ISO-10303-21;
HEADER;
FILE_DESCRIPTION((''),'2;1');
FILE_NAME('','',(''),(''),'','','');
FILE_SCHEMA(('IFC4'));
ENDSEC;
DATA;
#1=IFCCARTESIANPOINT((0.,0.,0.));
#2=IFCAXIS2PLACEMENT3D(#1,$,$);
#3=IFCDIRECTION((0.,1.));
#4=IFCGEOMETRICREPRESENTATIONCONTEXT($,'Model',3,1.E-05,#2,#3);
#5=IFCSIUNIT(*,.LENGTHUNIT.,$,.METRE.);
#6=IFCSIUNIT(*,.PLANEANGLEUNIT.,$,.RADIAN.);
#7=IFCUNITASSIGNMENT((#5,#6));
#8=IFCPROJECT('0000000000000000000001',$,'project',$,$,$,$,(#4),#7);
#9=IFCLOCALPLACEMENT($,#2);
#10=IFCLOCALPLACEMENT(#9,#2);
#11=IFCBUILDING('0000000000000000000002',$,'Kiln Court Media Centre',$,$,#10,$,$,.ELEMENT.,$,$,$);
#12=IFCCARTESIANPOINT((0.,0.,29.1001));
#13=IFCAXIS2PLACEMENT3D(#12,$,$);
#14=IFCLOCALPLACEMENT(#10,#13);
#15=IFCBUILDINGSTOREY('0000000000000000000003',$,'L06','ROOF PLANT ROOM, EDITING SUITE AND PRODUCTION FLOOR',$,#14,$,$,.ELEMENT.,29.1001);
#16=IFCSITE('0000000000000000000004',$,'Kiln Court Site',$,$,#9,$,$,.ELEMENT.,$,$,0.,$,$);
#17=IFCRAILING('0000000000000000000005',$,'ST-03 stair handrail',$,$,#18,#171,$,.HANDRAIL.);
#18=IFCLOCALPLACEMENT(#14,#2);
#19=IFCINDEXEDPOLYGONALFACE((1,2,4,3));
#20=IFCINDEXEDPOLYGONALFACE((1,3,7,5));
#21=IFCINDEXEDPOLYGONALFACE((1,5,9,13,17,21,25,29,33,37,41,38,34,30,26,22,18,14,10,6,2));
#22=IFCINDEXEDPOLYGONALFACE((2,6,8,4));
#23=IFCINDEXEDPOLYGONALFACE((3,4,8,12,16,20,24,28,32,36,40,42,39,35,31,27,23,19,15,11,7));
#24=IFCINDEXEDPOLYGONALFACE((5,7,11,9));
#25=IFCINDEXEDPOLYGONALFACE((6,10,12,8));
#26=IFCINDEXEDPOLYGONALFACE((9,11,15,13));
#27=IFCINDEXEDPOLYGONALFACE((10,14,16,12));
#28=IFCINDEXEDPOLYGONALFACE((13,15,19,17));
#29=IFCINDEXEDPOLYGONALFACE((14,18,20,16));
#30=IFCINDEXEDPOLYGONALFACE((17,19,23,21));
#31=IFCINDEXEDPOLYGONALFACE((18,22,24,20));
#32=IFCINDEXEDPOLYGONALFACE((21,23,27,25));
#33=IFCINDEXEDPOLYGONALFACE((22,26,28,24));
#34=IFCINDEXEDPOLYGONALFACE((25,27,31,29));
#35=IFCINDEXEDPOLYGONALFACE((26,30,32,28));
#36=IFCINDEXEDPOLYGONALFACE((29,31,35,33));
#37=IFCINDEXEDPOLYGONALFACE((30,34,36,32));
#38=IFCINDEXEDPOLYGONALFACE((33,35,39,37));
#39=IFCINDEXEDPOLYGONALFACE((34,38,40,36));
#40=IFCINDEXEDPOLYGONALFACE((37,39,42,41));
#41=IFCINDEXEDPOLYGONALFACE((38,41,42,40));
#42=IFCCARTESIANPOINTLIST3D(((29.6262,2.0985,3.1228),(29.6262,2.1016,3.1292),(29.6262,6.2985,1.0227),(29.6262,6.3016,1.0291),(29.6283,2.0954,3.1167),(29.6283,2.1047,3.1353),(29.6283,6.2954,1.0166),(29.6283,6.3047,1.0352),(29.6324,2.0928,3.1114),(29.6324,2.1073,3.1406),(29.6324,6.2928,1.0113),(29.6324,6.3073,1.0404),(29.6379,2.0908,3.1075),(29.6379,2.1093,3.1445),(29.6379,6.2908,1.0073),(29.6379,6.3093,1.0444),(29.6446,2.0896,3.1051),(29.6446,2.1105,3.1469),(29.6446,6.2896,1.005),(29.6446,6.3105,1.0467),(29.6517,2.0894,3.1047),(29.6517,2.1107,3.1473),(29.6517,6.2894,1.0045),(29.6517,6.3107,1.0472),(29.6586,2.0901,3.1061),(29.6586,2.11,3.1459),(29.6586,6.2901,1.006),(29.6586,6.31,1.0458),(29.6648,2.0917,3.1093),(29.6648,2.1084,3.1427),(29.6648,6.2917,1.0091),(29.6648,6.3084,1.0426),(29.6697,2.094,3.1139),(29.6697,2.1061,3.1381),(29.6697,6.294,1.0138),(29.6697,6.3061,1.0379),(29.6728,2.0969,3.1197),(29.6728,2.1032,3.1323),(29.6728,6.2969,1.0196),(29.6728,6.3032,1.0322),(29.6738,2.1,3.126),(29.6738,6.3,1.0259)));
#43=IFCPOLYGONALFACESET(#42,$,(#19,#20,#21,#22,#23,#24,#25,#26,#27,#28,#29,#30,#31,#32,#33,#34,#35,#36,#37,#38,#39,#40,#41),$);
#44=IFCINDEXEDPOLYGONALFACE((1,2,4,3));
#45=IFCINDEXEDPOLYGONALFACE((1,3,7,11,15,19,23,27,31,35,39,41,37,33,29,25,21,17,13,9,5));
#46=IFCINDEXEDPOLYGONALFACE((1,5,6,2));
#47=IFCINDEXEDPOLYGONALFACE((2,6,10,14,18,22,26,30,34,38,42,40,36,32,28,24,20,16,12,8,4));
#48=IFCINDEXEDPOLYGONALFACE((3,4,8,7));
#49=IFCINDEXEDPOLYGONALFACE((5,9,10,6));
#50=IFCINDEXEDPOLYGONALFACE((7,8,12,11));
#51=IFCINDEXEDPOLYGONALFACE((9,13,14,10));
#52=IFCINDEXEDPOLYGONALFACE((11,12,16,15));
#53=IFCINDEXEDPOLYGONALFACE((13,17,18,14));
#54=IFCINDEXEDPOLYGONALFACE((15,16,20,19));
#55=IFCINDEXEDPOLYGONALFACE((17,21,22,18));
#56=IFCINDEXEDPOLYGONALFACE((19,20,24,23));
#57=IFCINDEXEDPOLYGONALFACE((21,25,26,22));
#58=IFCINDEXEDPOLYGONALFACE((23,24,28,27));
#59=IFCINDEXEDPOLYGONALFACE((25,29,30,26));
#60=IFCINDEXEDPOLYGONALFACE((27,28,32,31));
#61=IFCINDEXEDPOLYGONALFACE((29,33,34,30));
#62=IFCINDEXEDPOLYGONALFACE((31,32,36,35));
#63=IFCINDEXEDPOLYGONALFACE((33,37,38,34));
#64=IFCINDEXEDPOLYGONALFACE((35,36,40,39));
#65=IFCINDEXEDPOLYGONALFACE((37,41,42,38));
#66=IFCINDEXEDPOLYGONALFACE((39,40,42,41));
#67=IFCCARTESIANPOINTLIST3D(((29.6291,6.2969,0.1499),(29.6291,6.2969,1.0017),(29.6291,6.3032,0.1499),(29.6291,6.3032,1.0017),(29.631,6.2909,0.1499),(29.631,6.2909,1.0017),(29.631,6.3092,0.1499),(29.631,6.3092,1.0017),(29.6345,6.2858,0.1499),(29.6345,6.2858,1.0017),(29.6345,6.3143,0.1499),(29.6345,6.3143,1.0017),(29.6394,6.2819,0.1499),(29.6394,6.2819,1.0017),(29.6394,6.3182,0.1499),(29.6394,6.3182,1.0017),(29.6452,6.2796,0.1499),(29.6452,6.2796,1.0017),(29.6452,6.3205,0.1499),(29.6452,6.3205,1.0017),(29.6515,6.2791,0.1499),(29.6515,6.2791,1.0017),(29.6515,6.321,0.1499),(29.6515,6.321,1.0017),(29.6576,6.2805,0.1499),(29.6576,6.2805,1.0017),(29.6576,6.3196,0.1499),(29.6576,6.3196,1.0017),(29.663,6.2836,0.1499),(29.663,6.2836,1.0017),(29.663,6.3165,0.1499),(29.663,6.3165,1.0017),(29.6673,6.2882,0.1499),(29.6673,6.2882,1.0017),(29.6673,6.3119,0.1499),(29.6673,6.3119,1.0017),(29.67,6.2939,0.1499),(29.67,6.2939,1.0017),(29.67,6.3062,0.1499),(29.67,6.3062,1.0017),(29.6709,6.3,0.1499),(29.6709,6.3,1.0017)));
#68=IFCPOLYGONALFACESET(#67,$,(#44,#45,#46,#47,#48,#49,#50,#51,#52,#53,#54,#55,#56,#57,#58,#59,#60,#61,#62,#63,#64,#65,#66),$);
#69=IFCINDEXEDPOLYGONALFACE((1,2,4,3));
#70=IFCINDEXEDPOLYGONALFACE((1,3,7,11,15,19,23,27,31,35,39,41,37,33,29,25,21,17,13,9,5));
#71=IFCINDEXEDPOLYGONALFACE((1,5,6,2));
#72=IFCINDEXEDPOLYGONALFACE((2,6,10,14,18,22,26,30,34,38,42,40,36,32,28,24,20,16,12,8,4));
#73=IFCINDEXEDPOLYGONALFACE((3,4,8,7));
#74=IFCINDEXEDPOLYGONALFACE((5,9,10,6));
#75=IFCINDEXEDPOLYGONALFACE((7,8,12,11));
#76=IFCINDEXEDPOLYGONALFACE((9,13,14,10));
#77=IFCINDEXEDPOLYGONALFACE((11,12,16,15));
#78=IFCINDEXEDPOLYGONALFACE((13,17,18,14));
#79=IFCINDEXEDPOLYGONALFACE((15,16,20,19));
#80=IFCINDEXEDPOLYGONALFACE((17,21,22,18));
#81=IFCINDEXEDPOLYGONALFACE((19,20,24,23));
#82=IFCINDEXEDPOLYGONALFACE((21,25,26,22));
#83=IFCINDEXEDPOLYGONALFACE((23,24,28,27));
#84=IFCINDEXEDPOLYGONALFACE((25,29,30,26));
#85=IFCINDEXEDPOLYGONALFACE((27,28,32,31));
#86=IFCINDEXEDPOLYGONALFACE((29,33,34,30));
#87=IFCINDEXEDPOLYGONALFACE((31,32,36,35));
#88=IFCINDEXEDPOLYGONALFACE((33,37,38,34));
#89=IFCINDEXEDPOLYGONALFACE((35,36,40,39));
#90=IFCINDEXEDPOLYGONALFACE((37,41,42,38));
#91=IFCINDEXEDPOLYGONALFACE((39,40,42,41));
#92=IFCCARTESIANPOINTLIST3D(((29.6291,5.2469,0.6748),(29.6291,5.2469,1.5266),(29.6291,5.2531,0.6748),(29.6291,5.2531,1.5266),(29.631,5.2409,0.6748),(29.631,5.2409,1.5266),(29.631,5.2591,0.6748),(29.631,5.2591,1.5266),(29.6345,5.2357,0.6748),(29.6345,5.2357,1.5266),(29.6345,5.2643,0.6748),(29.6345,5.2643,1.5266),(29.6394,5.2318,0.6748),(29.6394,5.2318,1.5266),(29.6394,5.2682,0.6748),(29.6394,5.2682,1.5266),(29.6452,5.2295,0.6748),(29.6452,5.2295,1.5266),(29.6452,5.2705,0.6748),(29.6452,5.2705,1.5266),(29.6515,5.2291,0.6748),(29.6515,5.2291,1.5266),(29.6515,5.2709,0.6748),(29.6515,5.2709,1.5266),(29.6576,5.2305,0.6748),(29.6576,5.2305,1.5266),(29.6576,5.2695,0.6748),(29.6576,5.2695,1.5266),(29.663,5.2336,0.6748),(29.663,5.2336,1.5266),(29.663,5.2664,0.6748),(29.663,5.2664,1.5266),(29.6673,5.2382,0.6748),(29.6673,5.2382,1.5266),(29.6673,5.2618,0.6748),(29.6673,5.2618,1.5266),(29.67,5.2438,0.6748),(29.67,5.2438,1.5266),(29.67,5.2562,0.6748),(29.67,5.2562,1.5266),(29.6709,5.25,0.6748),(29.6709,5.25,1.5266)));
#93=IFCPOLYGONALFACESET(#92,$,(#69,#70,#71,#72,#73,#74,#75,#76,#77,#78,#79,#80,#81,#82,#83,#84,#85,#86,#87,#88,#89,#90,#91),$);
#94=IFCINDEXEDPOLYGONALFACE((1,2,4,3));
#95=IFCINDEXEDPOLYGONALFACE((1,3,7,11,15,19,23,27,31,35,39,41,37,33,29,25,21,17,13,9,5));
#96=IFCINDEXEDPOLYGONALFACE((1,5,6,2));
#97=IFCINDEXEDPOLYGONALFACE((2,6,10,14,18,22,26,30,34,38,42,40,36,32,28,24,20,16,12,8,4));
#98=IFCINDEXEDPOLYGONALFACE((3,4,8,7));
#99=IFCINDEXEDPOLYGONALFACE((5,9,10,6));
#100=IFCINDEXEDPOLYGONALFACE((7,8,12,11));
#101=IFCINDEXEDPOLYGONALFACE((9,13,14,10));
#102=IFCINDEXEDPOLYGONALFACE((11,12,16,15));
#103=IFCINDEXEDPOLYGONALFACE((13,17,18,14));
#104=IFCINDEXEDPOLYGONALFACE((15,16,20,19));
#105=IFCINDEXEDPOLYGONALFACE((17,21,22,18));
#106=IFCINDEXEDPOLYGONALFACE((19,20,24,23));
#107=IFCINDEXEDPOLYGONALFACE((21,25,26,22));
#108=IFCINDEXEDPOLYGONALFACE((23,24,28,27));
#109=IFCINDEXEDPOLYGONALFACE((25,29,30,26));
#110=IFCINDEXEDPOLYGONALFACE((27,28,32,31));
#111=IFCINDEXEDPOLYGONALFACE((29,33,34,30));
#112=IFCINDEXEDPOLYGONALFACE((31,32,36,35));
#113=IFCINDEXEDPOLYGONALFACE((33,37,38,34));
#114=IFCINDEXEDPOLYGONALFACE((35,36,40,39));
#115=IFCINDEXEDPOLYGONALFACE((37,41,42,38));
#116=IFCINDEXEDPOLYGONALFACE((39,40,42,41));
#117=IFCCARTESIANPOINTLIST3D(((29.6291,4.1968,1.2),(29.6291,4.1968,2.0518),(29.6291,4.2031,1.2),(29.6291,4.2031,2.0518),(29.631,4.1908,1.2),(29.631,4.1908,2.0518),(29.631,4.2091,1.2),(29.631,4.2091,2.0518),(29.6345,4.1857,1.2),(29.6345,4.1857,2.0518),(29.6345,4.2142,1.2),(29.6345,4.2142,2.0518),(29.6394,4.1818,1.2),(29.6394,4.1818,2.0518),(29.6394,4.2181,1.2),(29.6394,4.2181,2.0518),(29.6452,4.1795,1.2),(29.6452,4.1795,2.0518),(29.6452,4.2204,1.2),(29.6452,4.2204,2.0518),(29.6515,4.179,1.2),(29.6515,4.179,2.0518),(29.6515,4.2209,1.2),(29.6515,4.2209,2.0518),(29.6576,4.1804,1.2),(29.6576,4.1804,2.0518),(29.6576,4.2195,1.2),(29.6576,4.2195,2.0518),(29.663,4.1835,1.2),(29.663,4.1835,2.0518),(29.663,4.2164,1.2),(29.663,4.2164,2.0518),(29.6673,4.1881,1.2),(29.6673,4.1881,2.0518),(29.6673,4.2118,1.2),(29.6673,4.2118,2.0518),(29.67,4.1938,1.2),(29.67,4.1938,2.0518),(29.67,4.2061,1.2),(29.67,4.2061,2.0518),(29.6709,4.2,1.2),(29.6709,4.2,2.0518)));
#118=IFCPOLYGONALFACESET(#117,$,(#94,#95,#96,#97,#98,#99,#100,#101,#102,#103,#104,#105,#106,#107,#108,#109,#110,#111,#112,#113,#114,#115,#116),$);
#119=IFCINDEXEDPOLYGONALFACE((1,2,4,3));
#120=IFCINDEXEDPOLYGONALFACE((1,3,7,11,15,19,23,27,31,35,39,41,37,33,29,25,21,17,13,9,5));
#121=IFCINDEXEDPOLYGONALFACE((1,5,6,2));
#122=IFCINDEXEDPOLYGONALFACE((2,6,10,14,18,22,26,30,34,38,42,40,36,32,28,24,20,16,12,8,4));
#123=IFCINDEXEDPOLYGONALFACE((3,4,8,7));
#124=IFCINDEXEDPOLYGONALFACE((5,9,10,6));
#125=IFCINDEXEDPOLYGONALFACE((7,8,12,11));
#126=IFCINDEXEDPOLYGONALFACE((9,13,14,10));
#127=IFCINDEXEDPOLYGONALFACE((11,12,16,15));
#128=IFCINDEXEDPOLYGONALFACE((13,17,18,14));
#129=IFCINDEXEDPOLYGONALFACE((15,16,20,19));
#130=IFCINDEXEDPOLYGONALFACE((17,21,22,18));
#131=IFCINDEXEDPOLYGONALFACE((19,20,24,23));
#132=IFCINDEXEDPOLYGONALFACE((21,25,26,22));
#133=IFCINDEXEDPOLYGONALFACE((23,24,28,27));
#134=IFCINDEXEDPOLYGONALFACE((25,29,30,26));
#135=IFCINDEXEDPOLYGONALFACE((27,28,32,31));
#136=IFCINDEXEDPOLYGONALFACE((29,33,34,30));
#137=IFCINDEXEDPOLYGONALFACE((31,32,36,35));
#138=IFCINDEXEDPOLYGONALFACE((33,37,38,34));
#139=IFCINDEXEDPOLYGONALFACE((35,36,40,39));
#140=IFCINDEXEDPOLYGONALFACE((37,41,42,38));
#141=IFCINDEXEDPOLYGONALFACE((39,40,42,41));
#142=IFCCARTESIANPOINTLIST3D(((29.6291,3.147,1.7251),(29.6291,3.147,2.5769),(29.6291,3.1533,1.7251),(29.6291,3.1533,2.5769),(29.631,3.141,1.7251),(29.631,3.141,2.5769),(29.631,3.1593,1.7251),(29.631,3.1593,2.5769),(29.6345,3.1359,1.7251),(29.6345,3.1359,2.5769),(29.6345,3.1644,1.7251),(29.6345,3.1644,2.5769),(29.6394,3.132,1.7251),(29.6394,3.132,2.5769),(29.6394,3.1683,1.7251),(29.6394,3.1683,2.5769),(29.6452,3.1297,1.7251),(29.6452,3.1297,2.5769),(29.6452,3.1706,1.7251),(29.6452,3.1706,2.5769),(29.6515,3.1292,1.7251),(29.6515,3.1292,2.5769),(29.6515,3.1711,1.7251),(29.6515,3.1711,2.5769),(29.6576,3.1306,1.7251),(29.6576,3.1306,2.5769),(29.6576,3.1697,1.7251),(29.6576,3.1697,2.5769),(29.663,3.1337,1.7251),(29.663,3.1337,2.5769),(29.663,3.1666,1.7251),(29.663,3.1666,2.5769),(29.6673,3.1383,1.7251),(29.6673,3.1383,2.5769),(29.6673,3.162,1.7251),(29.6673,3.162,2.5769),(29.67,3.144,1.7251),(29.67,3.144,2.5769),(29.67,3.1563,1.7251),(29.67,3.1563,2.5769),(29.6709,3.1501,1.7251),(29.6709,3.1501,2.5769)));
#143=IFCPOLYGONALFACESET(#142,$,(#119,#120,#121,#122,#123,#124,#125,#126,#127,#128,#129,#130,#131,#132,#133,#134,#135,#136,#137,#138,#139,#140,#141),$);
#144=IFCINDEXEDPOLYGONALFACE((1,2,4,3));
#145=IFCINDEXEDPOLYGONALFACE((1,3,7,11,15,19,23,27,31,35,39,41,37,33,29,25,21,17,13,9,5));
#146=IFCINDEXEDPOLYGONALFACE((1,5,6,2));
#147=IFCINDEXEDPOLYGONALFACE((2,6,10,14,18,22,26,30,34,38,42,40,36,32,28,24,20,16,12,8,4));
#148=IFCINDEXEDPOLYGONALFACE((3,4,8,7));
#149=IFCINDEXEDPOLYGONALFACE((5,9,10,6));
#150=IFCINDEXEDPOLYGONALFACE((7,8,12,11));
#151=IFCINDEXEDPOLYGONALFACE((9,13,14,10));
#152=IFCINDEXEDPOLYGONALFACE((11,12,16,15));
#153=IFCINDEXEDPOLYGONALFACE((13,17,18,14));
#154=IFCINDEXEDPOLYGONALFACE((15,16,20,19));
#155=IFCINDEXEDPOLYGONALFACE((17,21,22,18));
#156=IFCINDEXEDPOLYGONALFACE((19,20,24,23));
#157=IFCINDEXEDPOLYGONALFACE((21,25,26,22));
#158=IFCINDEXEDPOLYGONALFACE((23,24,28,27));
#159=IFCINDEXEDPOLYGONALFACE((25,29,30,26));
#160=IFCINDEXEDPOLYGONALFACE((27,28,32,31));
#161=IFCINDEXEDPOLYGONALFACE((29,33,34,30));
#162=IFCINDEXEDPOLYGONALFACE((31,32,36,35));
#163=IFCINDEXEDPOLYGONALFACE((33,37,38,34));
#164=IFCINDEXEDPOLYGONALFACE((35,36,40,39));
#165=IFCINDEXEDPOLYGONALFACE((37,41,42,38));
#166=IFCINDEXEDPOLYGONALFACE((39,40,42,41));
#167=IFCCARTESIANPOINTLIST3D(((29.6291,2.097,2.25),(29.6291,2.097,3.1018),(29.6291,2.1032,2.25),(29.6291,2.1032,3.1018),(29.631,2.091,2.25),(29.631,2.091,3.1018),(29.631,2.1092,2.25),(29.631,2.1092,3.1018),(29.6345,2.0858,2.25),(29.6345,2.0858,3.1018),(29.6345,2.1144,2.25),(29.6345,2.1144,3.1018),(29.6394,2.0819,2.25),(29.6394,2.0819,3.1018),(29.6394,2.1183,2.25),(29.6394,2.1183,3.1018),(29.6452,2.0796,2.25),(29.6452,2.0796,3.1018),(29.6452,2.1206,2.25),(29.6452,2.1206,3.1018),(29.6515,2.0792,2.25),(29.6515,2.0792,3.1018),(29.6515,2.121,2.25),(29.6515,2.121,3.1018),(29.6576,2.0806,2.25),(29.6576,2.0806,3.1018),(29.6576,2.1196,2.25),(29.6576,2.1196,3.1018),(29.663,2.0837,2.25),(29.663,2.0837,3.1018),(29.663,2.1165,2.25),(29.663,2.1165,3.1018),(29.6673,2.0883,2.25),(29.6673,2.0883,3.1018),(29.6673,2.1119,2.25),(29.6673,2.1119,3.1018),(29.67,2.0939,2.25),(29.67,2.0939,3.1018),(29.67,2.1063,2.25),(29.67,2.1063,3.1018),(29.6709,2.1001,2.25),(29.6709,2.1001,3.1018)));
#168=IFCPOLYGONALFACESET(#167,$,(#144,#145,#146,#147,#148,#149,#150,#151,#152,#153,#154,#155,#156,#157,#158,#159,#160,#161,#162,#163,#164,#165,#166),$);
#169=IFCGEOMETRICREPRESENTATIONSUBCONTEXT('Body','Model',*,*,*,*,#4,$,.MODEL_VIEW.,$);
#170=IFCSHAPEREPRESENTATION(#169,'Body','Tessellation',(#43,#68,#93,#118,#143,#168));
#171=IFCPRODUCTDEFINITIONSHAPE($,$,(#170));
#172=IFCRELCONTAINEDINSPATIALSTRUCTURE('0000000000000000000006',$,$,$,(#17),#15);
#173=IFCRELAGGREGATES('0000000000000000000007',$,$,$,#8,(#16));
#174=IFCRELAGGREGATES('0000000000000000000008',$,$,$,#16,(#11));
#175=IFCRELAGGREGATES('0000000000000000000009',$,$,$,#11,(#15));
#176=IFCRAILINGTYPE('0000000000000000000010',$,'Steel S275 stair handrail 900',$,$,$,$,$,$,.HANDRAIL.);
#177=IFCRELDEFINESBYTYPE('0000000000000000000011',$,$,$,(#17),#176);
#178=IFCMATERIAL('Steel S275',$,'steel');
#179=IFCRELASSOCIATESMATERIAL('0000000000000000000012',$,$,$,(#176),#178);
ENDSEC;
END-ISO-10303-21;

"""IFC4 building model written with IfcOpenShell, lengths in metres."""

from ifc_helpers import new_model, si_unit, direction, frame, origin, origin_2d, place, context, subcontext, project, spatial, circle, extrude, material, type_object, element, save


model = new_model("IFC4")

# Units and contexts
model_context = context("Model", 3, precision=1e-05, world=origin(), true_north=direction((0.0, 1.0)))
body_context = subcontext(model_context, "Body", "Model", "MODEL_VIEW")
ifc_project = project(units=[si_unit("LENGTHUNIT", "METRE"), si_unit("PLANEANGLEUNIT", "RADIAN")], contexts=[model_context])

# Site, building, storey
site_placement = place(None, origin())
site = spatial("IfcSite", under=ifc_project, at=site_placement, Name="Kiln Court Site", CompositionType="ELEMENT", RefElevation=0.0)
building_placement = place(site_placement, origin())
building = spatial("IfcBuilding", under=site, at=building_placement, Name="Kiln Court Media Centre", CompositionType="ELEMENT")
storey_placement = place(building_placement, frame((0.0, 0.0, 29.1001)))
storey = spatial("IfcBuildingStorey", under=building, at=storey_placement, Name="L06", Description="ROOF PLANT ROOM, EDITING SUITE AND PRODUCTION FLOOR", CompositionType="ELEMENT", Elevation=29.1001)

# Railing
ifc_material_1 = material(Name="Steel S275", Category="steel")
railing_type_1 = type_object("IfcRailingType", Name="Steel S275 stair handrail 900", PredefinedType="HANDRAIL", material=ifc_material_1)
railing_1_placement = place(storey_placement, frame((29.6499, 6.3, 0.1499)))
element("IfcRailing", 1, at=railing_1_placement, inside=storey, type_object=railing_type_1, Name="ST-03 stair handrail", PredefinedType="HANDRAIL", context=body_context, shape_type="SweptSolid", body=[
    extrude(circle(Radius=0.0239, at=origin_2d()), frame((0.0, 0.0, 0.876), z_axis=(0.0, -0.894417, 0.447234), x_axis=(1.0, 0.0, 0.0)), (0.0, 0.0, 1.0), 4.6958),
    extrude(circle(Radius=0.021, at=origin_2d()), origin(), (0.0, 0.0, 1.0), 0.8518),
    extrude(circle(Radius=0.021, at=origin_2d()), frame((0.0, -1.05, 0.5249)), (0.0, 0.0, 1.0), 0.8518),
    extrude(circle(Radius=0.021, at=origin_2d()), frame((0.0, -2.1001, 1.05)), (0.0, 0.0, 1.0), 0.8518),
    extrude(circle(Radius=0.021, at=origin_2d()), frame((0.0, -3.1499, 1.5752)), (0.0, 0.0, 1.0), 0.8518),
    extrude(circle(Radius=0.021, at=origin_2d()), frame((0.0, -4.2, 2.1001)), (0.0, 0.0, 1.0), 0.8518),
])

save(model, "model.ifc")
